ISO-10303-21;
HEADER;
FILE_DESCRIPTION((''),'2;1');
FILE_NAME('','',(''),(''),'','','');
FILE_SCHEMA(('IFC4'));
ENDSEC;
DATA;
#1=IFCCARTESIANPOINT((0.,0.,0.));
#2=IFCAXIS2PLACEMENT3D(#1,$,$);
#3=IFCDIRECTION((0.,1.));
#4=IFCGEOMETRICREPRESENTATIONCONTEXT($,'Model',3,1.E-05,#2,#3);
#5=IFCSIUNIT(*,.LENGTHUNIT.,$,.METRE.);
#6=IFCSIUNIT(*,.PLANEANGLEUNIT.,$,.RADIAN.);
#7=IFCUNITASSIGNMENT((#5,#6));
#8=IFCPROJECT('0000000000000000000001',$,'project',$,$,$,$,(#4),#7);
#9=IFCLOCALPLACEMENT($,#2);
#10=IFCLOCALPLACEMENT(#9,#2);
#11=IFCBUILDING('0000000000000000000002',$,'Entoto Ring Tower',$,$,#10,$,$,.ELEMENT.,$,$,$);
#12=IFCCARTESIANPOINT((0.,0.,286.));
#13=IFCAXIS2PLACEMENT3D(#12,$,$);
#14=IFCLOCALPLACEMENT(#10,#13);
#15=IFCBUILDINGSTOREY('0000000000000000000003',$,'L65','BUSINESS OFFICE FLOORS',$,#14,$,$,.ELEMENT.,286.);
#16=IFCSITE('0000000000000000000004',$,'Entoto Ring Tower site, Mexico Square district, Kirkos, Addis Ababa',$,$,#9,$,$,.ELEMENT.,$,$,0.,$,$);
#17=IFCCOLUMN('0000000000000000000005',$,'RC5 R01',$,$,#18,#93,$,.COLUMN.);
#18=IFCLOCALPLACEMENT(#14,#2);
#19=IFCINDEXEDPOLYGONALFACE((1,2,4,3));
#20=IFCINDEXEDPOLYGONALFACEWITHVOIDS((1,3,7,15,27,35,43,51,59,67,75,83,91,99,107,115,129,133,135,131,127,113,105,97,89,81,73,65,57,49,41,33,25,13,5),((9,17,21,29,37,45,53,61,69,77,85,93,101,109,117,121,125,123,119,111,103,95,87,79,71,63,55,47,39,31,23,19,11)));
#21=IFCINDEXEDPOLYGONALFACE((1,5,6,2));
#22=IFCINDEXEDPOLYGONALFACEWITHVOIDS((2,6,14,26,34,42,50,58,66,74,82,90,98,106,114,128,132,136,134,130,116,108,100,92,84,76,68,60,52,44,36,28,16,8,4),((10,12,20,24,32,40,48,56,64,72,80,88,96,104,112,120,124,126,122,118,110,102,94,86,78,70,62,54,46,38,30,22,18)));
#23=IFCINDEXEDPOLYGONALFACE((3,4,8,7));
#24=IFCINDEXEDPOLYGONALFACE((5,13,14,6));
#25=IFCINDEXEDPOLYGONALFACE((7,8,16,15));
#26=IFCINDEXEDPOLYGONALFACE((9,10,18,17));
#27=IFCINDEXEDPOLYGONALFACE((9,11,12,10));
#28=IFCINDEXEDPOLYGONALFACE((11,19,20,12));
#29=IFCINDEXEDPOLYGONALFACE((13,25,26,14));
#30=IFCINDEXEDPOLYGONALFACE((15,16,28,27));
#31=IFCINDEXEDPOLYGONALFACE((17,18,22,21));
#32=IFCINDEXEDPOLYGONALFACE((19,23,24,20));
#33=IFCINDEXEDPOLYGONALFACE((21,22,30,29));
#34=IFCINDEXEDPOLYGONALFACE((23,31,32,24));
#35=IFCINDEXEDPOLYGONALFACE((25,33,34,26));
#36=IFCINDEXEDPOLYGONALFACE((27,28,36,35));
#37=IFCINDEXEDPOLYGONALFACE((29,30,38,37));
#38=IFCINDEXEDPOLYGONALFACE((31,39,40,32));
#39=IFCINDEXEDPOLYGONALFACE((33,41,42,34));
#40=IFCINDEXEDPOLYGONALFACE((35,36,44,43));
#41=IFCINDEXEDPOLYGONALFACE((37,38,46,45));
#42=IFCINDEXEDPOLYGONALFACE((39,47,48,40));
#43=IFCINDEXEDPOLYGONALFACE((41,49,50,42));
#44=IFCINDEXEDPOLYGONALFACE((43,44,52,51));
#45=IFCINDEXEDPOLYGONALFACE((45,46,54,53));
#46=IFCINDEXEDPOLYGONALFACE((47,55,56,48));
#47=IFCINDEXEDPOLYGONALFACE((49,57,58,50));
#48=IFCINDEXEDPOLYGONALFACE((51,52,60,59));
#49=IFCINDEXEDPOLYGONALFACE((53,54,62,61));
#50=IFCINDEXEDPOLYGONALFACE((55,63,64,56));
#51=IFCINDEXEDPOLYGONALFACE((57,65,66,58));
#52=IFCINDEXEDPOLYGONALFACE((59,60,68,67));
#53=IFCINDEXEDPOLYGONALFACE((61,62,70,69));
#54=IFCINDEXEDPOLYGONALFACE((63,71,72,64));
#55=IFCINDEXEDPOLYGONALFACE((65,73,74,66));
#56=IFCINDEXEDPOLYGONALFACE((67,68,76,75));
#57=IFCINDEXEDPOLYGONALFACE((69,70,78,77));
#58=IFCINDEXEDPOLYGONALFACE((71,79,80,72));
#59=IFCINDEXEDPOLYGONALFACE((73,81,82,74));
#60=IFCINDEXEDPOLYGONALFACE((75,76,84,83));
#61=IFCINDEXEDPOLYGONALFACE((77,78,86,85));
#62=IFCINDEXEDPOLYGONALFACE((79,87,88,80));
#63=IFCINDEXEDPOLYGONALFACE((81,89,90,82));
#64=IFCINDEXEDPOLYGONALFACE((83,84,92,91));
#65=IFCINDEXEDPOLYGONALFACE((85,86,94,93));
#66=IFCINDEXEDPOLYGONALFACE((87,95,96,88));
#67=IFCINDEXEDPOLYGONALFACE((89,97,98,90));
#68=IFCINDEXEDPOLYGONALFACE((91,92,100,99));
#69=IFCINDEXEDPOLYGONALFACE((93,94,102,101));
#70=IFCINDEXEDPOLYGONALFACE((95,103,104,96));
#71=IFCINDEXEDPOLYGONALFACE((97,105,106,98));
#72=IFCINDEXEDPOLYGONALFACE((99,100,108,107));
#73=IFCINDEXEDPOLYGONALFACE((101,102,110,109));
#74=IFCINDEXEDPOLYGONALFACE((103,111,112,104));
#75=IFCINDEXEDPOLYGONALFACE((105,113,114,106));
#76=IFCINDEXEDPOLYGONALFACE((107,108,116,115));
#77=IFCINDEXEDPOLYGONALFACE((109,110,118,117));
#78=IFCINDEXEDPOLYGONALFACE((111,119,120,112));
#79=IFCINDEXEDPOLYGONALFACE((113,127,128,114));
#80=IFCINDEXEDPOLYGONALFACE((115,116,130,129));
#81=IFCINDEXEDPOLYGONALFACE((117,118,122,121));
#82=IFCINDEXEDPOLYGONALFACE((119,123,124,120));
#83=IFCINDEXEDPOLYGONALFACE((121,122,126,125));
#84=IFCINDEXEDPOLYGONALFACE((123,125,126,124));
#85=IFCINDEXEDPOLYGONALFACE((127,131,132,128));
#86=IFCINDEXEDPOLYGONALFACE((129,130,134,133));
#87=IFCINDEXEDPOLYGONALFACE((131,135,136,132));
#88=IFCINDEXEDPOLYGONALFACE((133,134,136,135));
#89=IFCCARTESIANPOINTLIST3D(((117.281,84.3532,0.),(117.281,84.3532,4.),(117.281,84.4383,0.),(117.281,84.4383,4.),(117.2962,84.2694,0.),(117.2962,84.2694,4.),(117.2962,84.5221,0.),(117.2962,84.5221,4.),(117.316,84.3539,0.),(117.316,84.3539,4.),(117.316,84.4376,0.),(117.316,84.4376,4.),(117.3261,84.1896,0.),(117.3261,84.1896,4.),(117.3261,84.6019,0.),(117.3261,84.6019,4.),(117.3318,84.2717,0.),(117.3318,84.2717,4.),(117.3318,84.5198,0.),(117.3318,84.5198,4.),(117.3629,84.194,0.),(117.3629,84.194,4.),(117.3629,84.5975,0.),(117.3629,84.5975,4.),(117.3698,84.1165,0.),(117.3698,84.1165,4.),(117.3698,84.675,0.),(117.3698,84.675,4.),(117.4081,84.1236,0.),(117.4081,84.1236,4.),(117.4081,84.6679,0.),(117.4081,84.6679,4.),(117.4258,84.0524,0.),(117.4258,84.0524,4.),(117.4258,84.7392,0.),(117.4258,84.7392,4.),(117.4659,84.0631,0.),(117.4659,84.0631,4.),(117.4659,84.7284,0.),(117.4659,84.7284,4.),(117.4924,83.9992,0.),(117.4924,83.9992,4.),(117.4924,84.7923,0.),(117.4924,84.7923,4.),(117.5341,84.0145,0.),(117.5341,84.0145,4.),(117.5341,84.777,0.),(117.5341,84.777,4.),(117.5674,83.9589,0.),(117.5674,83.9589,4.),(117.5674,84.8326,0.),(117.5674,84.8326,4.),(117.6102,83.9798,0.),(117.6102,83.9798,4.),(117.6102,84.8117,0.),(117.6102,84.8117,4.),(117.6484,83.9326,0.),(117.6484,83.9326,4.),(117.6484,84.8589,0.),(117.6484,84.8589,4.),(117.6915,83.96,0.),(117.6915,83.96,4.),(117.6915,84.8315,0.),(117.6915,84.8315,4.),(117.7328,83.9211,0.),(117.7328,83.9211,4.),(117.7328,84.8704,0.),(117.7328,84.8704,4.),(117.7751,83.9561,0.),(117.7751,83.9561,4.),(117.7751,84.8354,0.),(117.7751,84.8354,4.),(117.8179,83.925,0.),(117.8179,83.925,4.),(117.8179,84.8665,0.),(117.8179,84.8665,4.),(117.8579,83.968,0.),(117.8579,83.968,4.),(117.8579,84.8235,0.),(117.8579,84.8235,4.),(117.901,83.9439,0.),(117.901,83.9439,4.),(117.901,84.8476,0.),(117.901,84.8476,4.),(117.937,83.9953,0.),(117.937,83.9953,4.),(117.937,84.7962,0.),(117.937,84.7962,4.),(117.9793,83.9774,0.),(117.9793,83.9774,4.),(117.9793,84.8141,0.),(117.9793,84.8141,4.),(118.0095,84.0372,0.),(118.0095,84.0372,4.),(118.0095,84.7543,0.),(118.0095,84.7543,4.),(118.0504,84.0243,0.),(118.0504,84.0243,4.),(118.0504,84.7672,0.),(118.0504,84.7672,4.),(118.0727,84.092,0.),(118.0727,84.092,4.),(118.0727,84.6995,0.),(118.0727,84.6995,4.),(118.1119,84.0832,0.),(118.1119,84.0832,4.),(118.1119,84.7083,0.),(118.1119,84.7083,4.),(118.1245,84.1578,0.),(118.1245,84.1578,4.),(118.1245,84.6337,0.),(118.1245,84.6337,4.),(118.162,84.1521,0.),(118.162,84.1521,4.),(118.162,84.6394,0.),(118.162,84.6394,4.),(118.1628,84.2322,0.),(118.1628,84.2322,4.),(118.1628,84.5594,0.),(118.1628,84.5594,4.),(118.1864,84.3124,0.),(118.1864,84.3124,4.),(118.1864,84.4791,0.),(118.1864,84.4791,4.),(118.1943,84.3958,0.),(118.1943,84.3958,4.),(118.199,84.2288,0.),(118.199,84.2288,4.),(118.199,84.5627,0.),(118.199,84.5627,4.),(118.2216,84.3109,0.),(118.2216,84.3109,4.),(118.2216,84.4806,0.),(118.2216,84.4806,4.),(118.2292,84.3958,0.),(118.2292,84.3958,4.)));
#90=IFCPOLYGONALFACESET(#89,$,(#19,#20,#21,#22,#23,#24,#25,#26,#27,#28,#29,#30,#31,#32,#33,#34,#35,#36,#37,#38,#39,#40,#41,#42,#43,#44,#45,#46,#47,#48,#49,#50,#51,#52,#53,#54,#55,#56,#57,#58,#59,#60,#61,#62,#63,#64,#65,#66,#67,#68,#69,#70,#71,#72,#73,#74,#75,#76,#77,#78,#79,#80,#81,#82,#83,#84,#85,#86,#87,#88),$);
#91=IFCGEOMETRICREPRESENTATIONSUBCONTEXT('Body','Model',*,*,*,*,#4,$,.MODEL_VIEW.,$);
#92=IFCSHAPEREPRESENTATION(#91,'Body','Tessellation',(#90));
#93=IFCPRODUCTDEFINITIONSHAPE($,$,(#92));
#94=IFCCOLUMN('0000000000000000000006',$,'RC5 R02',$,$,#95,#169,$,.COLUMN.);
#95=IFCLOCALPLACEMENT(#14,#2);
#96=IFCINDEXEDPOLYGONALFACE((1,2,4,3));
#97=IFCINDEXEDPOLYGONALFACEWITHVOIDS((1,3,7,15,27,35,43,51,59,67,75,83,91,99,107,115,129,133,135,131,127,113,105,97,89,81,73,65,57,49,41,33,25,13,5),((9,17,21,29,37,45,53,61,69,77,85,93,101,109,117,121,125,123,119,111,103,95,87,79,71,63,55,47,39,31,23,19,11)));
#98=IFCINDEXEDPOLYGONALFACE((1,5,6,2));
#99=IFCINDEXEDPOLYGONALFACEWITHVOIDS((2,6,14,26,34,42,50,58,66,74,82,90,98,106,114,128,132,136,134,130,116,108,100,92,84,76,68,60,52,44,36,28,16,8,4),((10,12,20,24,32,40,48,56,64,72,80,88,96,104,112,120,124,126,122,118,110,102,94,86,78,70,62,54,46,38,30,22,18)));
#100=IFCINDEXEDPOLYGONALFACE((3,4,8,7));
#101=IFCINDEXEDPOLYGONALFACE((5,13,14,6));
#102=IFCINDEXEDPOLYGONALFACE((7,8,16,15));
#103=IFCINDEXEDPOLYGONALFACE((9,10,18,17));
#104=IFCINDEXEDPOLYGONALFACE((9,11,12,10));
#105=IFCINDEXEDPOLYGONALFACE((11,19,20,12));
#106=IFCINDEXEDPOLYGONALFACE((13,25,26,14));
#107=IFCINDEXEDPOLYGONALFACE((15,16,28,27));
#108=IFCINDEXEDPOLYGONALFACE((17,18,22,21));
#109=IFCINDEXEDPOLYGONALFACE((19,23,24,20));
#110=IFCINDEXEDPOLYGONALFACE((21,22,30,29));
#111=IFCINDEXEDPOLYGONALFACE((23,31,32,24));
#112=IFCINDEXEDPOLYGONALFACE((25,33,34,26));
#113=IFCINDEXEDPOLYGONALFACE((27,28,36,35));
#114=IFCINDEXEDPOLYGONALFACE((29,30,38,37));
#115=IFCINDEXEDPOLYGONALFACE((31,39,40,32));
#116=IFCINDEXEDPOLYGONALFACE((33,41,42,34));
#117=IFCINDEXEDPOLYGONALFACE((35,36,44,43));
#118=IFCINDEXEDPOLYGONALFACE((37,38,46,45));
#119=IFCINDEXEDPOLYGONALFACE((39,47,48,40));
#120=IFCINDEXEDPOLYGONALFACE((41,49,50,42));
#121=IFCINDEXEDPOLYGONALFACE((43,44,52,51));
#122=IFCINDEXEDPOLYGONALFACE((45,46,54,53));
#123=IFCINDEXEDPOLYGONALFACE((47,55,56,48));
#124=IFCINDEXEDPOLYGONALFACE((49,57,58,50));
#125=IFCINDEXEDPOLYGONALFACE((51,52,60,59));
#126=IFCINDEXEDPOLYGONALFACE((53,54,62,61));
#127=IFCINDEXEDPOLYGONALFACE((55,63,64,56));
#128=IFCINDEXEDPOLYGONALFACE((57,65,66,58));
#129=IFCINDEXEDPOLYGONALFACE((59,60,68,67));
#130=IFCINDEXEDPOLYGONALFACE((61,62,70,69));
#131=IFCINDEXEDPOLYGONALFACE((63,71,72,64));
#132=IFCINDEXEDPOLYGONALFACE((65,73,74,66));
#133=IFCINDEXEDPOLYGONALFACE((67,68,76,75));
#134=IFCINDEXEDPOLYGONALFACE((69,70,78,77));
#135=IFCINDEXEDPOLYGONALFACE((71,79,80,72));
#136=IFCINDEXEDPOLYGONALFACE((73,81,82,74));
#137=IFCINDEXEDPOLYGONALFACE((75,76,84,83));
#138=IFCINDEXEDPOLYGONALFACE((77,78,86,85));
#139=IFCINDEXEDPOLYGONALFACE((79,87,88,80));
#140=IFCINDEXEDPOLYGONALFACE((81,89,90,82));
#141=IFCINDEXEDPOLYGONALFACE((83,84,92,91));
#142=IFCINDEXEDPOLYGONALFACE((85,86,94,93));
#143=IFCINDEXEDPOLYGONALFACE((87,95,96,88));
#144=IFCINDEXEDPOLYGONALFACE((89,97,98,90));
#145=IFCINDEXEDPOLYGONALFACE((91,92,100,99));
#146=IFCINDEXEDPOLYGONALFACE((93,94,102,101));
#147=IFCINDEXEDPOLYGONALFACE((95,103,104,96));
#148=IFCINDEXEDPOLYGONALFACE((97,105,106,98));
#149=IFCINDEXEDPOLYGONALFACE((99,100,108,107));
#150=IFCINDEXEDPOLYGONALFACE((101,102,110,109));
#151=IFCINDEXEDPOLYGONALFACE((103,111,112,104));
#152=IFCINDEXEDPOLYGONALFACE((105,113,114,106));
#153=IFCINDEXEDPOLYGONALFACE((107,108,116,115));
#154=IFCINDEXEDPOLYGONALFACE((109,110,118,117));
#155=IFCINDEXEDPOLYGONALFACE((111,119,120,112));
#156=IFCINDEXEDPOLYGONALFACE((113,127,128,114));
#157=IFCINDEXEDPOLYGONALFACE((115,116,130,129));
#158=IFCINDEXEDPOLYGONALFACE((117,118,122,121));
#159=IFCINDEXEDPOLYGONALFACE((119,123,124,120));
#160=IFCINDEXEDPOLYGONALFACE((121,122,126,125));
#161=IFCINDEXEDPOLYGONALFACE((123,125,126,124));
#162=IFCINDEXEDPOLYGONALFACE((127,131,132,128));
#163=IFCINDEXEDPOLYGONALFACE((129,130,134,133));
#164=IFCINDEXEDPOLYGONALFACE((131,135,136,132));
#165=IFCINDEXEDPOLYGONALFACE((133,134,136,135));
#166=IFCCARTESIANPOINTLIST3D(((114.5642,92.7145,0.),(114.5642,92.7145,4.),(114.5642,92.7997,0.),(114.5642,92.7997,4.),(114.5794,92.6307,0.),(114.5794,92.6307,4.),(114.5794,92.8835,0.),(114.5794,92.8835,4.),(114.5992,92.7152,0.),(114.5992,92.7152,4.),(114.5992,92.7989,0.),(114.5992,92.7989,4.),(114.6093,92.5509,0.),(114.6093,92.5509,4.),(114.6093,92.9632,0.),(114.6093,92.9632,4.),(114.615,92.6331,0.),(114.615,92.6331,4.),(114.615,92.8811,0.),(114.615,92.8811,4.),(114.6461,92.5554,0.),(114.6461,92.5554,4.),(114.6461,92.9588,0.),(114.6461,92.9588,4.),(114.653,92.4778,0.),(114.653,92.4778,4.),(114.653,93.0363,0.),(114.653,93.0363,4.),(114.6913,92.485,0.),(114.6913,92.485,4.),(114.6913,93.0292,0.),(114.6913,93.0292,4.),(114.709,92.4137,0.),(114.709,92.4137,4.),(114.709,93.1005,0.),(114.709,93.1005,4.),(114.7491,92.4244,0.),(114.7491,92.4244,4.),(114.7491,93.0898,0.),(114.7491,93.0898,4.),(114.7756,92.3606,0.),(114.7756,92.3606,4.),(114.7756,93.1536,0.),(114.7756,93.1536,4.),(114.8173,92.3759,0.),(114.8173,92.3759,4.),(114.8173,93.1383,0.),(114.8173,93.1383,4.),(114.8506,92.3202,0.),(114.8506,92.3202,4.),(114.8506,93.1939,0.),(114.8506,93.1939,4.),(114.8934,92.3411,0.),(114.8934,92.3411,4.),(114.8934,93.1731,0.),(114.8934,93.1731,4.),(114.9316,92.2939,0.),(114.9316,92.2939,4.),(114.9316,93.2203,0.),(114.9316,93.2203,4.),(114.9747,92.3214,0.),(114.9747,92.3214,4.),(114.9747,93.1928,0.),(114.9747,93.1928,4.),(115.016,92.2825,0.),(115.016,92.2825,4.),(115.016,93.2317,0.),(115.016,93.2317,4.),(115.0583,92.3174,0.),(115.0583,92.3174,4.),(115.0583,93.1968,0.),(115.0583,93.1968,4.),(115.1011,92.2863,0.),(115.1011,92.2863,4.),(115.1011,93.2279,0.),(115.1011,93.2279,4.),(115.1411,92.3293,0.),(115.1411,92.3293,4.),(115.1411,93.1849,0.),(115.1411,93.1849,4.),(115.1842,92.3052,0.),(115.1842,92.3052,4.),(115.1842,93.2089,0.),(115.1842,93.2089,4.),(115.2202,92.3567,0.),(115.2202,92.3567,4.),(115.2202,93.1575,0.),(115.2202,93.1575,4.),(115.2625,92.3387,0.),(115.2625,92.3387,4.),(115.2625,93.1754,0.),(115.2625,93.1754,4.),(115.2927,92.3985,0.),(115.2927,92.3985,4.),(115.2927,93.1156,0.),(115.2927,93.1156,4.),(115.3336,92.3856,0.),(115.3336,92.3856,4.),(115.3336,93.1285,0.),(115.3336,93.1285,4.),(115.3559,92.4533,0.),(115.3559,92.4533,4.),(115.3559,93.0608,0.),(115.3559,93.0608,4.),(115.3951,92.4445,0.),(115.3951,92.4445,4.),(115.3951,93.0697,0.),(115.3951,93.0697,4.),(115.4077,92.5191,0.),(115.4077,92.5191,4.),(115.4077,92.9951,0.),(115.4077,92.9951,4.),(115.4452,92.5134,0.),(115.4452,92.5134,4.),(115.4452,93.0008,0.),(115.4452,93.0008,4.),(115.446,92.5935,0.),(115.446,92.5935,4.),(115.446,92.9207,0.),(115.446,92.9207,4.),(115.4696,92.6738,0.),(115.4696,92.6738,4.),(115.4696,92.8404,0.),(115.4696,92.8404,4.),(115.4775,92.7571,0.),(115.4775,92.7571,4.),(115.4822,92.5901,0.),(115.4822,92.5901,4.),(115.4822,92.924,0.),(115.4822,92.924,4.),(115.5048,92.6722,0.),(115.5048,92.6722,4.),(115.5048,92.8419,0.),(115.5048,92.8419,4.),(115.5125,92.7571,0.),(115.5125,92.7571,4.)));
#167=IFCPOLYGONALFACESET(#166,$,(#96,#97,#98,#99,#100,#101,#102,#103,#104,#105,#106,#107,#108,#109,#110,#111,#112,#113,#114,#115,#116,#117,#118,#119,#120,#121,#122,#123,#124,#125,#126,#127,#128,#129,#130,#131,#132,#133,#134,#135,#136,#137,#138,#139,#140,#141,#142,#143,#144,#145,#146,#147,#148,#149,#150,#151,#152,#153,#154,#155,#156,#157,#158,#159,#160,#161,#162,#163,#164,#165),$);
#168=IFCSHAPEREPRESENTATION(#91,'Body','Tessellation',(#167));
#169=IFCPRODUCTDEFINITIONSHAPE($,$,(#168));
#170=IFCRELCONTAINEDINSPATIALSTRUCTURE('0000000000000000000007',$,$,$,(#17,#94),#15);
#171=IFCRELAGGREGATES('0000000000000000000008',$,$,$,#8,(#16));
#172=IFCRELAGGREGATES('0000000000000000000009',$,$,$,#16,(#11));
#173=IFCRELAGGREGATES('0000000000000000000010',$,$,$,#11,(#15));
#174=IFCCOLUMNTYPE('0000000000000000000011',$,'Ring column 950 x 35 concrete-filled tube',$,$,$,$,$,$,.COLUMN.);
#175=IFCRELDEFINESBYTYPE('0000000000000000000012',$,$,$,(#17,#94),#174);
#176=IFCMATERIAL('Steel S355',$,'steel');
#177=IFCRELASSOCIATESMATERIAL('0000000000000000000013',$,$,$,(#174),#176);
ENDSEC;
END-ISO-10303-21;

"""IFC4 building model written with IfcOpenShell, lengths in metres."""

from ifc_helpers import new_model, si_unit, direction, frame, origin, origin_2d, place, context, subcontext, project, spatial, circle, hollow_circle, extrude, material, material_profile, profile_set, type_object, element, save


model = new_model("IFC4")

# Units and contexts
model_context = context("Model", 3, precision=1e-05, world=origin(), true_north=direction((0.0, 1.0)))
body_context = subcontext(model_context, "Body", "Model", "MODEL_VIEW")
ifc_project = project(units=[si_unit("LENGTHUNIT", "METRE"), si_unit("PLANEANGLEUNIT", "RADIAN")], contexts=[model_context])

# Site, building, storey
site_placement = place(None, origin())
site = spatial("IfcSite", under=ifc_project, at=site_placement, Name="Entoto Ring Tower site, Mexico Square district, Kirkos, Addis Ababa", CompositionType="ELEMENT", RefElevation=0.0)
building_placement = place(site_placement, origin())
building = spatial("IfcBuilding", under=site, at=building_placement, Name="Entoto Ring Tower", CompositionType="ELEMENT")
storey_placement = place(building_placement, frame((0.0, 0.0, 286.0)))
storey = spatial("IfcBuildingStorey", under=building, at=storey_placement, Name="L65", Description="BUSINESS OFFICE FLOORS", CompositionType="ELEMENT", Elevation=286.0)

# Columns
ifc_material_1 = material(Name="Steel S355", Category="steel")
ifc_material_profile_1 = material_profile(ifc_material_1, hollow_circle(Radius=0.4751, WallThickness=0.0349, at=origin_2d()), Name="CHS 950 x 35")
ifc_material_2 = material(Name="Concrete C60/75", Category="concrete")
ifc_material_profile_2 = material_profile(ifc_material_2, circle(Radius=0.4399, at=origin_2d()), Name="Concrete C60/75 infill")
ifc_profile_set_1 = profile_set([ifc_material_profile_1, ifc_material_profile_2], Name="Steel S355")
column_type = type_object("IfcColumnType", Name="Ring column 950 x 35 concrete-filled tube", PredefinedType="COLUMN", material=ifc_profile_set_1)
for number, where, z_axis, x_axis, name in (
    (1, (117.7542, 84.3958, 0.0), (0.0, 0.0, 1.0), (1.0, 0.0, 0.0), "RC5 R01"),
    (2, (115.0374, 92.7571, 0.0), (0.0, 0.0, 1.0), (1.0, 0.0, 0.0), "RC5 R02"),
):
    element("IfcColumn", number, at=place(storey_placement, frame(where, z_axis=z_axis, x_axis=x_axis)), inside=storey, type_object=column_type, Name=name, PredefinedType="COLUMN", context=body_context, shape_type="SweptSolid", body=[
        extrude(hollow_circle(Radius=0.4751, WallThickness=0.0349, at=origin_2d()), origin(), (0.0, 0.0, 1.0), 4.0),
    ])

save(model, "model.ifc")
